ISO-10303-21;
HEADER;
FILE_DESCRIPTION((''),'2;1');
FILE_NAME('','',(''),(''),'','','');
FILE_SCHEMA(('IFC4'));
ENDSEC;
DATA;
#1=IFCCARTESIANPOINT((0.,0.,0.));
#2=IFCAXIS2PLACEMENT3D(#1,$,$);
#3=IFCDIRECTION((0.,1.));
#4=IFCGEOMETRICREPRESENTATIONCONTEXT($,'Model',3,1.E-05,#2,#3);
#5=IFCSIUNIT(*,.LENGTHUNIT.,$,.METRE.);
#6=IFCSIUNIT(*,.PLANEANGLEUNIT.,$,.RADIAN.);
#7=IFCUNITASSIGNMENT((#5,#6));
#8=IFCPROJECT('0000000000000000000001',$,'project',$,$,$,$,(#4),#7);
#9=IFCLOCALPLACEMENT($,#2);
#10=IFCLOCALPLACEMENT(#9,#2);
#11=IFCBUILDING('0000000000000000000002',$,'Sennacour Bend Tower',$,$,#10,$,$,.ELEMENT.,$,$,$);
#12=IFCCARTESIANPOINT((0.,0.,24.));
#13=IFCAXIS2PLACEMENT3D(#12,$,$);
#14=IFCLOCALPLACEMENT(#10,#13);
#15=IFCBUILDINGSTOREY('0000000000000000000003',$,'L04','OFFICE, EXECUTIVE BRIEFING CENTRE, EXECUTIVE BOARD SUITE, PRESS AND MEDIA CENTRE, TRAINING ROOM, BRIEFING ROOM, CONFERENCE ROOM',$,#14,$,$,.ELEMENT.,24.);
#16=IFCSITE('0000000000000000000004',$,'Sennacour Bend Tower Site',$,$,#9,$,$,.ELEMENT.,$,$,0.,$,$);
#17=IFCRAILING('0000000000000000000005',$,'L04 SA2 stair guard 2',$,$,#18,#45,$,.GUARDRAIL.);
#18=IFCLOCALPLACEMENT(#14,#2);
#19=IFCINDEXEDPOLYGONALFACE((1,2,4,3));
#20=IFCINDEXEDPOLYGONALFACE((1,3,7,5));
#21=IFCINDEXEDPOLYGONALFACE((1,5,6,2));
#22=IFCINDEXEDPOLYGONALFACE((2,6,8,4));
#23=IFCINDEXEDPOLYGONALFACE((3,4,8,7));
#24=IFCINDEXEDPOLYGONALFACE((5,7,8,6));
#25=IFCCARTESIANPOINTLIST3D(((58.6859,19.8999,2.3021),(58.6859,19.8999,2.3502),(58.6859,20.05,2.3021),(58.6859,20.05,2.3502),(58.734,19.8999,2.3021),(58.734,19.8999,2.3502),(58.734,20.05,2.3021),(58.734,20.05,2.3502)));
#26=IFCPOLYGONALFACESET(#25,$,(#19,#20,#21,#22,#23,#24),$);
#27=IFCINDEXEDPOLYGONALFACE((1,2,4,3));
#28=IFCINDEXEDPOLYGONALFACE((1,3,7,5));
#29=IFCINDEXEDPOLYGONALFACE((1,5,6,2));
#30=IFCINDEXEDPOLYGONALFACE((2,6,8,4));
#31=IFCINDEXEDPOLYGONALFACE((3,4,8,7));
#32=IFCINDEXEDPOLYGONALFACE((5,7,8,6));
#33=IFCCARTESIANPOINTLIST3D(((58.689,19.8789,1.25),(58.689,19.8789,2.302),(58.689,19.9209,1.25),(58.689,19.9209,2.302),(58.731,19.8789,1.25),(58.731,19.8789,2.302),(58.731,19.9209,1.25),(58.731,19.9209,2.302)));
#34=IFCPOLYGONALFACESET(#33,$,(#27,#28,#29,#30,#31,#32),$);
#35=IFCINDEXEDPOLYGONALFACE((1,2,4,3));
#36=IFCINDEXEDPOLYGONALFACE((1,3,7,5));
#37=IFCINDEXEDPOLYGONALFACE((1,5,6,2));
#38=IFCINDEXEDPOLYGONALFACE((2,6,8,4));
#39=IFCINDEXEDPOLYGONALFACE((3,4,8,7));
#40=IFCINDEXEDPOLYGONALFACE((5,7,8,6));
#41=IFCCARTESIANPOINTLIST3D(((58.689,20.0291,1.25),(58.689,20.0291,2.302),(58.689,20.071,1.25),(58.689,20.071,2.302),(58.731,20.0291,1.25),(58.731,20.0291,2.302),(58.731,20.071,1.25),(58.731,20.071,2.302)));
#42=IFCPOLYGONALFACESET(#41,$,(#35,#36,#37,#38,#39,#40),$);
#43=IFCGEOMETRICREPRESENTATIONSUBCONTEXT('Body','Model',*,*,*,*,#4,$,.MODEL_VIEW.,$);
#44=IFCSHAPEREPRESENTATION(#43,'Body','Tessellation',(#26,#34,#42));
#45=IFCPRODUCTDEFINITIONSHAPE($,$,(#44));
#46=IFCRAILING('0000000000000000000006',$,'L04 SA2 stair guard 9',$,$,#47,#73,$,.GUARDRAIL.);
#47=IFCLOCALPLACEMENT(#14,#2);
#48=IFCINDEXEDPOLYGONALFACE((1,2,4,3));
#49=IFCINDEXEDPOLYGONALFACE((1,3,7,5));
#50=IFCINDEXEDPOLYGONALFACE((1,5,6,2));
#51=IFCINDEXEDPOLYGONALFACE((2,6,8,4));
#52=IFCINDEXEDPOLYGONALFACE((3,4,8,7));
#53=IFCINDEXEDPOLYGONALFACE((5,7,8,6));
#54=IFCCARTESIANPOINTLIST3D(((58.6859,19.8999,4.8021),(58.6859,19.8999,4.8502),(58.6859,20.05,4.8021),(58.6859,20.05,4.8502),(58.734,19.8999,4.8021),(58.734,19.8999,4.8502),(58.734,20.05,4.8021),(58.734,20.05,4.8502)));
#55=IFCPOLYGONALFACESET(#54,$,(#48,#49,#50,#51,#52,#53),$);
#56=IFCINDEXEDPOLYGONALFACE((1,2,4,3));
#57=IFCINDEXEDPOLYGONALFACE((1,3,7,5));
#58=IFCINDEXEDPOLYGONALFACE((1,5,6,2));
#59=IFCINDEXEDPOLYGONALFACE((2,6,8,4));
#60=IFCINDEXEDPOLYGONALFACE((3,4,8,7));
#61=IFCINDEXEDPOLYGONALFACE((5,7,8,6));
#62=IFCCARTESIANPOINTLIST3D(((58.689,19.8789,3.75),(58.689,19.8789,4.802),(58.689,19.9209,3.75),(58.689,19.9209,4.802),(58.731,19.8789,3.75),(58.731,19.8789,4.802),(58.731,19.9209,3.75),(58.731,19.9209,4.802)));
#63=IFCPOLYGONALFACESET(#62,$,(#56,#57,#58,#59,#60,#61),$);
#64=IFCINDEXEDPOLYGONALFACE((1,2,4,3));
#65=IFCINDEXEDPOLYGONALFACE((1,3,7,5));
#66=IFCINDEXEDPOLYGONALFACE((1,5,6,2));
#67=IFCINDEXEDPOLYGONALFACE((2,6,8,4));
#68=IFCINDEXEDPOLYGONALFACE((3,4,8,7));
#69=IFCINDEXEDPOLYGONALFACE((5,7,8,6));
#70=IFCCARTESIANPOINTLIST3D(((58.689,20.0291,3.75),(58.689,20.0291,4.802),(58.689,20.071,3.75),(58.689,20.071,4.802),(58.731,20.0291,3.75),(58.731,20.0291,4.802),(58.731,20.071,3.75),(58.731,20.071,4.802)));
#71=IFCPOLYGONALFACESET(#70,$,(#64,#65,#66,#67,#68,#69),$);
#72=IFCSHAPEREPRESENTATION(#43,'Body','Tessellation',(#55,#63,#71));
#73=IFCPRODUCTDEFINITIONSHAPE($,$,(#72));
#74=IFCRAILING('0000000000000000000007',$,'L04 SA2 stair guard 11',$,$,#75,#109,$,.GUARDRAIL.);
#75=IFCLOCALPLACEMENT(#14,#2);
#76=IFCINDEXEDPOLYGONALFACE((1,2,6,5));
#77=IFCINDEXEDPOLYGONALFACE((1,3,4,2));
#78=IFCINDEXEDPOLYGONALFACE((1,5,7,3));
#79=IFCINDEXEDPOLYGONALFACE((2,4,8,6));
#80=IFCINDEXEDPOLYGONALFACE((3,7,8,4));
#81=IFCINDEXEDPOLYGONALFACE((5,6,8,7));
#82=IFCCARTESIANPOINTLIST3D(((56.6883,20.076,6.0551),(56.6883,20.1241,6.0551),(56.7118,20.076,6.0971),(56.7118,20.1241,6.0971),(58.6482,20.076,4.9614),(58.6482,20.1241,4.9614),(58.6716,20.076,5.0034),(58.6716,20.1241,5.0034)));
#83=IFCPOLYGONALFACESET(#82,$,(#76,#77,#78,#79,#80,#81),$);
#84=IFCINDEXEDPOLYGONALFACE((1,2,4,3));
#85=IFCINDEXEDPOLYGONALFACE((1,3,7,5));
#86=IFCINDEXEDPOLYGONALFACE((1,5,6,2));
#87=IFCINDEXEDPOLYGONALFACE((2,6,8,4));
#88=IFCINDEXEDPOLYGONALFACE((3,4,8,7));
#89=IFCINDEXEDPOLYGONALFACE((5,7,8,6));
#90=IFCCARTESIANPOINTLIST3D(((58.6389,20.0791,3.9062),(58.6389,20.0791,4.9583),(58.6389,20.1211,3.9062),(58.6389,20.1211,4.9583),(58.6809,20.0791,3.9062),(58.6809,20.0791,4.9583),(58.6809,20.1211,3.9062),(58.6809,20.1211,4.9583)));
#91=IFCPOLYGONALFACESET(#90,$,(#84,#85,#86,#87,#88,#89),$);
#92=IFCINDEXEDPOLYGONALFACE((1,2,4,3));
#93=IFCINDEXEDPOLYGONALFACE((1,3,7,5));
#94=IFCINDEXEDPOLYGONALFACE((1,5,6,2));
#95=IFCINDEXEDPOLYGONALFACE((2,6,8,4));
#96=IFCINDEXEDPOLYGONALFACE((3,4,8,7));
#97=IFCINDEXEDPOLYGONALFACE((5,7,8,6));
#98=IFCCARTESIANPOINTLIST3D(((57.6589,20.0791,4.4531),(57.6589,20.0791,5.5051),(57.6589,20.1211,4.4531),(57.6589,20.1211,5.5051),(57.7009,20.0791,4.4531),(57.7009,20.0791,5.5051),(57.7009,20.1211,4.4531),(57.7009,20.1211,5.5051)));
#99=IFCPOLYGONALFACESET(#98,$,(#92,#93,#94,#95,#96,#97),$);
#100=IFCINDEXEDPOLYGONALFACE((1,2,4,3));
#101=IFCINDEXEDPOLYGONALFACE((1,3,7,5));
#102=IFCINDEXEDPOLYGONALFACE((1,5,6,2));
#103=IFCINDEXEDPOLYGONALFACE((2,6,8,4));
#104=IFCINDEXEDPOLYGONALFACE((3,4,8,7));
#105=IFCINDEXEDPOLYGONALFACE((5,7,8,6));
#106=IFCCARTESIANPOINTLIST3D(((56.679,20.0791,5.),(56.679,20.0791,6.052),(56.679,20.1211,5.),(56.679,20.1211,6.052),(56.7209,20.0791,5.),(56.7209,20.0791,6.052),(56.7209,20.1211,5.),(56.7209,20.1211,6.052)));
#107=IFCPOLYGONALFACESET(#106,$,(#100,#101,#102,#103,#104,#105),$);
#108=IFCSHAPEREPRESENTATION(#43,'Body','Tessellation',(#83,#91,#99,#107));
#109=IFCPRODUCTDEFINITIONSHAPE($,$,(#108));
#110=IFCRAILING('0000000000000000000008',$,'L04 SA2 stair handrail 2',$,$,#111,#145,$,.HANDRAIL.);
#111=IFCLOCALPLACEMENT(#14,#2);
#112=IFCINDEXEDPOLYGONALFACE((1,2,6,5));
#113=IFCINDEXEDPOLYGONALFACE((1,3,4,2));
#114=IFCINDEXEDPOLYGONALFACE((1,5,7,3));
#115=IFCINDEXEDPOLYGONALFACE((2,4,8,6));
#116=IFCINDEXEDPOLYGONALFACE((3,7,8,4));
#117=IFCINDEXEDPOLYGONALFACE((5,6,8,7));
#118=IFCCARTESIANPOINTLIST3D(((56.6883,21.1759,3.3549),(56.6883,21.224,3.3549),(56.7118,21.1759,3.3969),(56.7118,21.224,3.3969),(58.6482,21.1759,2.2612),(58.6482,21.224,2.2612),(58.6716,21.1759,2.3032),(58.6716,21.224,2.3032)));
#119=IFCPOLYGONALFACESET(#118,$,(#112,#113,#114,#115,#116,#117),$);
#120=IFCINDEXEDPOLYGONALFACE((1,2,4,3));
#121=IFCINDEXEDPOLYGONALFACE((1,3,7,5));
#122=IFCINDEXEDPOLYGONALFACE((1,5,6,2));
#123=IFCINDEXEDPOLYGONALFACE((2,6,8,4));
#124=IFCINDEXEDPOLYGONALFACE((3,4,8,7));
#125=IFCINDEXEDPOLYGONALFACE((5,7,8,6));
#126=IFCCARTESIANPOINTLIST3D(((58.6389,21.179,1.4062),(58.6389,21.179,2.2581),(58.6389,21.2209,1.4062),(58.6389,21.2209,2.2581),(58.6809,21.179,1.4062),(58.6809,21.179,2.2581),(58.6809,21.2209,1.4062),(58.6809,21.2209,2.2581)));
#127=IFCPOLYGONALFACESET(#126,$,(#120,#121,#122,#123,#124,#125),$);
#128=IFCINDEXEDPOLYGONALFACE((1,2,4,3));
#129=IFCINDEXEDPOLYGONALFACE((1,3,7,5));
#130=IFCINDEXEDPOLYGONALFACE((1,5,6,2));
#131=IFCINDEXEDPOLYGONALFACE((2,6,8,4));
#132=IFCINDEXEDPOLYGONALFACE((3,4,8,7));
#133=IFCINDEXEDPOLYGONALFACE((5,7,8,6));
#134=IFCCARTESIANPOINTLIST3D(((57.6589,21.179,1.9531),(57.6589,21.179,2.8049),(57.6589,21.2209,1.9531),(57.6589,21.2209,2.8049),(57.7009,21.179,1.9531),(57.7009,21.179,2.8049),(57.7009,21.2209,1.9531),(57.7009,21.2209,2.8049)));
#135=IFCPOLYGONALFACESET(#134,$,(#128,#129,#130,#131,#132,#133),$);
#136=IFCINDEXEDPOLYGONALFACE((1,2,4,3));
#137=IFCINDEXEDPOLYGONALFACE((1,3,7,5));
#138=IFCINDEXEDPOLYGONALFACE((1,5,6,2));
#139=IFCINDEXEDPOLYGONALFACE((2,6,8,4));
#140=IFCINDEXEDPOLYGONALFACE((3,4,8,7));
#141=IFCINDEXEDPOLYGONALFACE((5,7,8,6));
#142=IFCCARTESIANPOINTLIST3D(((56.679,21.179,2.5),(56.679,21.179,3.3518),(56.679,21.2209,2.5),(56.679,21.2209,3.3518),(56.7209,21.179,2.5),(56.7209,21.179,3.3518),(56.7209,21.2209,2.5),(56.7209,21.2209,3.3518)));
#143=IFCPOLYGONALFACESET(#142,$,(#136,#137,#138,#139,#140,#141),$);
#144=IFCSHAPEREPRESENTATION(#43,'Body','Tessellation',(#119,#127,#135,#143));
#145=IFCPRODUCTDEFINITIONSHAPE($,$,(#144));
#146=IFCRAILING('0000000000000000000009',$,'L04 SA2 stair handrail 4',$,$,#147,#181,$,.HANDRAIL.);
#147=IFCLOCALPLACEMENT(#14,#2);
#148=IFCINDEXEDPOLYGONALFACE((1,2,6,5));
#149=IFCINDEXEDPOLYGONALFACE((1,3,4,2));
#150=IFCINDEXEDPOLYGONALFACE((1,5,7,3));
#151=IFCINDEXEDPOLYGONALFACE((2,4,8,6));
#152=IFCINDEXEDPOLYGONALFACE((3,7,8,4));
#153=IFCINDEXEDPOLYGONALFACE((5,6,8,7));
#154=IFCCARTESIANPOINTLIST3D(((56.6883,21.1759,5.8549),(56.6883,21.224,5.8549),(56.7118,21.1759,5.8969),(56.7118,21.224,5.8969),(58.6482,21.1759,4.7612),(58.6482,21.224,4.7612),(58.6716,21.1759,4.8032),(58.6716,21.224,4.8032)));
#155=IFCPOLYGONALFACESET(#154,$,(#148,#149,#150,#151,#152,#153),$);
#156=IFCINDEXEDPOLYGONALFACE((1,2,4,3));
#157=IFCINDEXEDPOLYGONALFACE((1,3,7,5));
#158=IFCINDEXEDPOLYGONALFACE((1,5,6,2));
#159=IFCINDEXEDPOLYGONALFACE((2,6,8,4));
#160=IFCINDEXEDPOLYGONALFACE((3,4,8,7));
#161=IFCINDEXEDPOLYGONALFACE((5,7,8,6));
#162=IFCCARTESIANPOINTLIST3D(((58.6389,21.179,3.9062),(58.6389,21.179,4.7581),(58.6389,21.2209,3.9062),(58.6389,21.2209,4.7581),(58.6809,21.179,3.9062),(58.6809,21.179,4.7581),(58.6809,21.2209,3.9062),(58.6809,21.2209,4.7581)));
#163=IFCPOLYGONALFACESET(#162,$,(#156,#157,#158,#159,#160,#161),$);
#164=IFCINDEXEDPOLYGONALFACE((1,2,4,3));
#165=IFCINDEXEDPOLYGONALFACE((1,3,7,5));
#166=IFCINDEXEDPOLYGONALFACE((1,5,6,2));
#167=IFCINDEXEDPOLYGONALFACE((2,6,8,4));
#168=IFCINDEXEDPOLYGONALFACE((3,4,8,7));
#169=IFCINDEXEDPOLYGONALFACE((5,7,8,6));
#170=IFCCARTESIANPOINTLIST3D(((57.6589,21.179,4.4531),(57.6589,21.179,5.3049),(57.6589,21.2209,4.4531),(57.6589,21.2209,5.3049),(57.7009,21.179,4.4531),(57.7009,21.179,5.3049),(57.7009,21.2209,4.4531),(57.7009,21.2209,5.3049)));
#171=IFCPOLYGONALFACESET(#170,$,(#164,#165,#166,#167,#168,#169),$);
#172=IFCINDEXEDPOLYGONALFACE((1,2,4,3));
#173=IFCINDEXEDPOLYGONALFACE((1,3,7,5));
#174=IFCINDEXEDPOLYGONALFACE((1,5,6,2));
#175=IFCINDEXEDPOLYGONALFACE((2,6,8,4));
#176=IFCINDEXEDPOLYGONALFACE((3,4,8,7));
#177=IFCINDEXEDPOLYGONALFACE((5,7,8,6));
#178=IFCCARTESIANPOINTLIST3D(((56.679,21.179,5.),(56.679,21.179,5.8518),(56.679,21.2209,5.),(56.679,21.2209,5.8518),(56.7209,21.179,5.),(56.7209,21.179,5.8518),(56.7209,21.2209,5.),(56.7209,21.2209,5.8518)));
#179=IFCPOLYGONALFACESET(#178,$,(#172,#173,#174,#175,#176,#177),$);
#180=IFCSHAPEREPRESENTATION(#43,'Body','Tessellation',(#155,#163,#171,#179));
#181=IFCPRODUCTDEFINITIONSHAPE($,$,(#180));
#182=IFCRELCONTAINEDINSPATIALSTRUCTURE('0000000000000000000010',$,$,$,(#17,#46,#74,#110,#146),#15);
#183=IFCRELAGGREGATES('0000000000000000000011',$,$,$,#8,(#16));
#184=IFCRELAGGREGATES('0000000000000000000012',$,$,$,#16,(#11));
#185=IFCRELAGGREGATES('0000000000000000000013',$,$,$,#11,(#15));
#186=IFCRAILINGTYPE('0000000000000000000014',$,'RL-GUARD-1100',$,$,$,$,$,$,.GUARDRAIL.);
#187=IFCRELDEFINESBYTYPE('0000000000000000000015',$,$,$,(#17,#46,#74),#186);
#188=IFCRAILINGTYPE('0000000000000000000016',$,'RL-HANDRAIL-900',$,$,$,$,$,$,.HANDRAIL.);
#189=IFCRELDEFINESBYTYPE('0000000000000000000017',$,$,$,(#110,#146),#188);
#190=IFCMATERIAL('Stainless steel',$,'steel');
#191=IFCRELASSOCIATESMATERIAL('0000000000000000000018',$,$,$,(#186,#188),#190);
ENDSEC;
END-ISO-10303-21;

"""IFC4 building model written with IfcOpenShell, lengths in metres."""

from ifc_helpers import new_model, si_unit, direction, frame, origin, origin_2d, place, context, subcontext, project, spatial, rectangle, extrude, material, type_object, element, save


model = new_model("IFC4")

# Units and contexts
model_context = context("Model", 3, precision=1e-05, world=origin(), true_north=direction((0.0, 1.0)))
body_context = subcontext(model_context, "Body", "Model", "MODEL_VIEW")
ifc_project = project(units=[si_unit("LENGTHUNIT", "METRE"), si_unit("PLANEANGLEUNIT", "RADIAN")], contexts=[model_context])

# Site, building, storey
site_placement = place(None, origin())
site = spatial("IfcSite", under=ifc_project, at=site_placement, Name="Sennacour Bend Tower Site", CompositionType="ELEMENT", RefElevation=0.0)
building_placement = place(site_placement, origin())
building = spatial("IfcBuilding", under=site, at=building_placement, Name="Sennacour Bend Tower", CompositionType="ELEMENT")
storey_placement = place(building_placement, frame((0.0, 0.0, 24.0)))
storey = spatial("IfcBuildingStorey", under=building, at=storey_placement, Name="L04", Description="OFFICE, EXECUTIVE BRIEFING CENTRE, EXECUTIVE BOARD SUITE, PRESS AND MEDIA CENTRE, TRAINING ROOM, BRIEFING ROOM, CONFERENCE ROOM", CompositionType="ELEMENT", Elevation=24.0)

# Shared definitions
ifc_material_1 = material(Name="Stainless steel", Category="steel")

# Railings
railing_type_1 = type_object("IfcRailingType", Name="RL-GUARD-1100", PredefinedType="GUARDRAIL", material=ifc_material_1)
for number, where, name in (
    (1, (58.71, 19.8999, 1.25), "L04 SA2 stair guard 2"),
    (2, (58.71, 19.8999, 3.75), "L04 SA2 stair guard 9"),
):
    element("IfcRailing", number, at=place(storey_placement, frame(where)), inside=storey, type_object=railing_type_1, Name=name, PredefinedType="GUARDRAIL", context=body_context, shape_type="SweptSolid", body=[
        extrude(rectangle(XDim=0.0481, YDim=0.0481, at=origin_2d()), frame((0.0, 0.0, 1.0762), z_axis=(0.0, 1.0, 0.0), x_axis=(-1.0, 0.0, 0.0)), (0.0, 0.0, 1.0), 0.1501),
        extrude(rectangle(XDim=0.042, YDim=0.042, at=origin_2d()), origin(), (0.0, 0.0, 1.0), 1.052),
        extrude(rectangle(XDim=0.042, YDim=0.042, at=origin_2d()), frame((0.0, 0.1501, 0.0)), (0.0, 0.0, 1.0), 1.052),
    ])
railing_placement = place(storey_placement, frame((58.6599, 20.1001, 3.9062)))
element("IfcRailing", 3, at=railing_placement, inside=storey, type_object=railing_type_1, Name="L04 SA2 stair guard 11", PredefinedType="GUARDRAIL", context=body_context, shape_type="SweptSolid", body=[
    extrude(rectangle(XDim=0.0481, YDim=0.0481, at=origin_2d()), frame((0.0, 0.0, 1.0762), z_axis=(-0.873232, 0.0, 0.487304), x_axis=(0.0, -1.0, 0.0)), (0.0, 0.0, 1.0), 2.2444),
    extrude(rectangle(XDim=0.042, YDim=0.042, at=origin_2d()), origin(), (0.0, 0.0, 1.0), 1.052),
    extrude(rectangle(XDim=0.042, YDim=0.042, at=origin_2d()), frame((-0.98, 0.0, 0.5469)), (0.0, 0.0, 1.0), 1.052),
    extrude(rectangle(XDim=0.042, YDim=0.042, at=origin_2d()), frame((-1.96, 0.0, 1.0938)), (0.0, 0.0, 1.0), 1.052),
])
railing_type_2 = type_object("IfcRailingType", Name="RL-HANDRAIL-900", PredefinedType="HANDRAIL", material=ifc_material_1)
for number, where, name in (
    (4, (58.6599, 21.2, 1.4062), "L04 SA2 stair handrail 2"),
    (5, (58.6599, 21.2, 3.9062), "L04 SA2 stair handrail 4"),
):
    element("IfcRailing", number, at=place(storey_placement, frame(where)), inside=storey, type_object=railing_type_2, Name=name, PredefinedType="HANDRAIL", context=body_context, shape_type="SweptSolid", body=[
        extrude(rectangle(XDim=0.0481, YDim=0.0481, at=origin_2d()), frame((0.0, 0.0, 0.876), z_axis=(-0.873232, 0.0, 0.487304), x_axis=(0.0, -1.0, 0.0)), (0.0, 0.0, 1.0), 2.2444),
        extrude(rectangle(XDim=0.042, YDim=0.042, at=origin_2d()), origin(), (0.0, 0.0, 1.0), 0.8518),
        extrude(rectangle(XDim=0.042, YDim=0.042, at=origin_2d()), frame((-0.98, 0.0, 0.5469)), (0.0, 0.0, 1.0), 0.8518),
        extrude(rectangle(XDim=0.042, YDim=0.042, at=origin_2d()), frame((-1.96, 0.0, 1.0938)), (0.0, 0.0, 1.0), 0.8518),
    ])

save(model, "model.ifc")
